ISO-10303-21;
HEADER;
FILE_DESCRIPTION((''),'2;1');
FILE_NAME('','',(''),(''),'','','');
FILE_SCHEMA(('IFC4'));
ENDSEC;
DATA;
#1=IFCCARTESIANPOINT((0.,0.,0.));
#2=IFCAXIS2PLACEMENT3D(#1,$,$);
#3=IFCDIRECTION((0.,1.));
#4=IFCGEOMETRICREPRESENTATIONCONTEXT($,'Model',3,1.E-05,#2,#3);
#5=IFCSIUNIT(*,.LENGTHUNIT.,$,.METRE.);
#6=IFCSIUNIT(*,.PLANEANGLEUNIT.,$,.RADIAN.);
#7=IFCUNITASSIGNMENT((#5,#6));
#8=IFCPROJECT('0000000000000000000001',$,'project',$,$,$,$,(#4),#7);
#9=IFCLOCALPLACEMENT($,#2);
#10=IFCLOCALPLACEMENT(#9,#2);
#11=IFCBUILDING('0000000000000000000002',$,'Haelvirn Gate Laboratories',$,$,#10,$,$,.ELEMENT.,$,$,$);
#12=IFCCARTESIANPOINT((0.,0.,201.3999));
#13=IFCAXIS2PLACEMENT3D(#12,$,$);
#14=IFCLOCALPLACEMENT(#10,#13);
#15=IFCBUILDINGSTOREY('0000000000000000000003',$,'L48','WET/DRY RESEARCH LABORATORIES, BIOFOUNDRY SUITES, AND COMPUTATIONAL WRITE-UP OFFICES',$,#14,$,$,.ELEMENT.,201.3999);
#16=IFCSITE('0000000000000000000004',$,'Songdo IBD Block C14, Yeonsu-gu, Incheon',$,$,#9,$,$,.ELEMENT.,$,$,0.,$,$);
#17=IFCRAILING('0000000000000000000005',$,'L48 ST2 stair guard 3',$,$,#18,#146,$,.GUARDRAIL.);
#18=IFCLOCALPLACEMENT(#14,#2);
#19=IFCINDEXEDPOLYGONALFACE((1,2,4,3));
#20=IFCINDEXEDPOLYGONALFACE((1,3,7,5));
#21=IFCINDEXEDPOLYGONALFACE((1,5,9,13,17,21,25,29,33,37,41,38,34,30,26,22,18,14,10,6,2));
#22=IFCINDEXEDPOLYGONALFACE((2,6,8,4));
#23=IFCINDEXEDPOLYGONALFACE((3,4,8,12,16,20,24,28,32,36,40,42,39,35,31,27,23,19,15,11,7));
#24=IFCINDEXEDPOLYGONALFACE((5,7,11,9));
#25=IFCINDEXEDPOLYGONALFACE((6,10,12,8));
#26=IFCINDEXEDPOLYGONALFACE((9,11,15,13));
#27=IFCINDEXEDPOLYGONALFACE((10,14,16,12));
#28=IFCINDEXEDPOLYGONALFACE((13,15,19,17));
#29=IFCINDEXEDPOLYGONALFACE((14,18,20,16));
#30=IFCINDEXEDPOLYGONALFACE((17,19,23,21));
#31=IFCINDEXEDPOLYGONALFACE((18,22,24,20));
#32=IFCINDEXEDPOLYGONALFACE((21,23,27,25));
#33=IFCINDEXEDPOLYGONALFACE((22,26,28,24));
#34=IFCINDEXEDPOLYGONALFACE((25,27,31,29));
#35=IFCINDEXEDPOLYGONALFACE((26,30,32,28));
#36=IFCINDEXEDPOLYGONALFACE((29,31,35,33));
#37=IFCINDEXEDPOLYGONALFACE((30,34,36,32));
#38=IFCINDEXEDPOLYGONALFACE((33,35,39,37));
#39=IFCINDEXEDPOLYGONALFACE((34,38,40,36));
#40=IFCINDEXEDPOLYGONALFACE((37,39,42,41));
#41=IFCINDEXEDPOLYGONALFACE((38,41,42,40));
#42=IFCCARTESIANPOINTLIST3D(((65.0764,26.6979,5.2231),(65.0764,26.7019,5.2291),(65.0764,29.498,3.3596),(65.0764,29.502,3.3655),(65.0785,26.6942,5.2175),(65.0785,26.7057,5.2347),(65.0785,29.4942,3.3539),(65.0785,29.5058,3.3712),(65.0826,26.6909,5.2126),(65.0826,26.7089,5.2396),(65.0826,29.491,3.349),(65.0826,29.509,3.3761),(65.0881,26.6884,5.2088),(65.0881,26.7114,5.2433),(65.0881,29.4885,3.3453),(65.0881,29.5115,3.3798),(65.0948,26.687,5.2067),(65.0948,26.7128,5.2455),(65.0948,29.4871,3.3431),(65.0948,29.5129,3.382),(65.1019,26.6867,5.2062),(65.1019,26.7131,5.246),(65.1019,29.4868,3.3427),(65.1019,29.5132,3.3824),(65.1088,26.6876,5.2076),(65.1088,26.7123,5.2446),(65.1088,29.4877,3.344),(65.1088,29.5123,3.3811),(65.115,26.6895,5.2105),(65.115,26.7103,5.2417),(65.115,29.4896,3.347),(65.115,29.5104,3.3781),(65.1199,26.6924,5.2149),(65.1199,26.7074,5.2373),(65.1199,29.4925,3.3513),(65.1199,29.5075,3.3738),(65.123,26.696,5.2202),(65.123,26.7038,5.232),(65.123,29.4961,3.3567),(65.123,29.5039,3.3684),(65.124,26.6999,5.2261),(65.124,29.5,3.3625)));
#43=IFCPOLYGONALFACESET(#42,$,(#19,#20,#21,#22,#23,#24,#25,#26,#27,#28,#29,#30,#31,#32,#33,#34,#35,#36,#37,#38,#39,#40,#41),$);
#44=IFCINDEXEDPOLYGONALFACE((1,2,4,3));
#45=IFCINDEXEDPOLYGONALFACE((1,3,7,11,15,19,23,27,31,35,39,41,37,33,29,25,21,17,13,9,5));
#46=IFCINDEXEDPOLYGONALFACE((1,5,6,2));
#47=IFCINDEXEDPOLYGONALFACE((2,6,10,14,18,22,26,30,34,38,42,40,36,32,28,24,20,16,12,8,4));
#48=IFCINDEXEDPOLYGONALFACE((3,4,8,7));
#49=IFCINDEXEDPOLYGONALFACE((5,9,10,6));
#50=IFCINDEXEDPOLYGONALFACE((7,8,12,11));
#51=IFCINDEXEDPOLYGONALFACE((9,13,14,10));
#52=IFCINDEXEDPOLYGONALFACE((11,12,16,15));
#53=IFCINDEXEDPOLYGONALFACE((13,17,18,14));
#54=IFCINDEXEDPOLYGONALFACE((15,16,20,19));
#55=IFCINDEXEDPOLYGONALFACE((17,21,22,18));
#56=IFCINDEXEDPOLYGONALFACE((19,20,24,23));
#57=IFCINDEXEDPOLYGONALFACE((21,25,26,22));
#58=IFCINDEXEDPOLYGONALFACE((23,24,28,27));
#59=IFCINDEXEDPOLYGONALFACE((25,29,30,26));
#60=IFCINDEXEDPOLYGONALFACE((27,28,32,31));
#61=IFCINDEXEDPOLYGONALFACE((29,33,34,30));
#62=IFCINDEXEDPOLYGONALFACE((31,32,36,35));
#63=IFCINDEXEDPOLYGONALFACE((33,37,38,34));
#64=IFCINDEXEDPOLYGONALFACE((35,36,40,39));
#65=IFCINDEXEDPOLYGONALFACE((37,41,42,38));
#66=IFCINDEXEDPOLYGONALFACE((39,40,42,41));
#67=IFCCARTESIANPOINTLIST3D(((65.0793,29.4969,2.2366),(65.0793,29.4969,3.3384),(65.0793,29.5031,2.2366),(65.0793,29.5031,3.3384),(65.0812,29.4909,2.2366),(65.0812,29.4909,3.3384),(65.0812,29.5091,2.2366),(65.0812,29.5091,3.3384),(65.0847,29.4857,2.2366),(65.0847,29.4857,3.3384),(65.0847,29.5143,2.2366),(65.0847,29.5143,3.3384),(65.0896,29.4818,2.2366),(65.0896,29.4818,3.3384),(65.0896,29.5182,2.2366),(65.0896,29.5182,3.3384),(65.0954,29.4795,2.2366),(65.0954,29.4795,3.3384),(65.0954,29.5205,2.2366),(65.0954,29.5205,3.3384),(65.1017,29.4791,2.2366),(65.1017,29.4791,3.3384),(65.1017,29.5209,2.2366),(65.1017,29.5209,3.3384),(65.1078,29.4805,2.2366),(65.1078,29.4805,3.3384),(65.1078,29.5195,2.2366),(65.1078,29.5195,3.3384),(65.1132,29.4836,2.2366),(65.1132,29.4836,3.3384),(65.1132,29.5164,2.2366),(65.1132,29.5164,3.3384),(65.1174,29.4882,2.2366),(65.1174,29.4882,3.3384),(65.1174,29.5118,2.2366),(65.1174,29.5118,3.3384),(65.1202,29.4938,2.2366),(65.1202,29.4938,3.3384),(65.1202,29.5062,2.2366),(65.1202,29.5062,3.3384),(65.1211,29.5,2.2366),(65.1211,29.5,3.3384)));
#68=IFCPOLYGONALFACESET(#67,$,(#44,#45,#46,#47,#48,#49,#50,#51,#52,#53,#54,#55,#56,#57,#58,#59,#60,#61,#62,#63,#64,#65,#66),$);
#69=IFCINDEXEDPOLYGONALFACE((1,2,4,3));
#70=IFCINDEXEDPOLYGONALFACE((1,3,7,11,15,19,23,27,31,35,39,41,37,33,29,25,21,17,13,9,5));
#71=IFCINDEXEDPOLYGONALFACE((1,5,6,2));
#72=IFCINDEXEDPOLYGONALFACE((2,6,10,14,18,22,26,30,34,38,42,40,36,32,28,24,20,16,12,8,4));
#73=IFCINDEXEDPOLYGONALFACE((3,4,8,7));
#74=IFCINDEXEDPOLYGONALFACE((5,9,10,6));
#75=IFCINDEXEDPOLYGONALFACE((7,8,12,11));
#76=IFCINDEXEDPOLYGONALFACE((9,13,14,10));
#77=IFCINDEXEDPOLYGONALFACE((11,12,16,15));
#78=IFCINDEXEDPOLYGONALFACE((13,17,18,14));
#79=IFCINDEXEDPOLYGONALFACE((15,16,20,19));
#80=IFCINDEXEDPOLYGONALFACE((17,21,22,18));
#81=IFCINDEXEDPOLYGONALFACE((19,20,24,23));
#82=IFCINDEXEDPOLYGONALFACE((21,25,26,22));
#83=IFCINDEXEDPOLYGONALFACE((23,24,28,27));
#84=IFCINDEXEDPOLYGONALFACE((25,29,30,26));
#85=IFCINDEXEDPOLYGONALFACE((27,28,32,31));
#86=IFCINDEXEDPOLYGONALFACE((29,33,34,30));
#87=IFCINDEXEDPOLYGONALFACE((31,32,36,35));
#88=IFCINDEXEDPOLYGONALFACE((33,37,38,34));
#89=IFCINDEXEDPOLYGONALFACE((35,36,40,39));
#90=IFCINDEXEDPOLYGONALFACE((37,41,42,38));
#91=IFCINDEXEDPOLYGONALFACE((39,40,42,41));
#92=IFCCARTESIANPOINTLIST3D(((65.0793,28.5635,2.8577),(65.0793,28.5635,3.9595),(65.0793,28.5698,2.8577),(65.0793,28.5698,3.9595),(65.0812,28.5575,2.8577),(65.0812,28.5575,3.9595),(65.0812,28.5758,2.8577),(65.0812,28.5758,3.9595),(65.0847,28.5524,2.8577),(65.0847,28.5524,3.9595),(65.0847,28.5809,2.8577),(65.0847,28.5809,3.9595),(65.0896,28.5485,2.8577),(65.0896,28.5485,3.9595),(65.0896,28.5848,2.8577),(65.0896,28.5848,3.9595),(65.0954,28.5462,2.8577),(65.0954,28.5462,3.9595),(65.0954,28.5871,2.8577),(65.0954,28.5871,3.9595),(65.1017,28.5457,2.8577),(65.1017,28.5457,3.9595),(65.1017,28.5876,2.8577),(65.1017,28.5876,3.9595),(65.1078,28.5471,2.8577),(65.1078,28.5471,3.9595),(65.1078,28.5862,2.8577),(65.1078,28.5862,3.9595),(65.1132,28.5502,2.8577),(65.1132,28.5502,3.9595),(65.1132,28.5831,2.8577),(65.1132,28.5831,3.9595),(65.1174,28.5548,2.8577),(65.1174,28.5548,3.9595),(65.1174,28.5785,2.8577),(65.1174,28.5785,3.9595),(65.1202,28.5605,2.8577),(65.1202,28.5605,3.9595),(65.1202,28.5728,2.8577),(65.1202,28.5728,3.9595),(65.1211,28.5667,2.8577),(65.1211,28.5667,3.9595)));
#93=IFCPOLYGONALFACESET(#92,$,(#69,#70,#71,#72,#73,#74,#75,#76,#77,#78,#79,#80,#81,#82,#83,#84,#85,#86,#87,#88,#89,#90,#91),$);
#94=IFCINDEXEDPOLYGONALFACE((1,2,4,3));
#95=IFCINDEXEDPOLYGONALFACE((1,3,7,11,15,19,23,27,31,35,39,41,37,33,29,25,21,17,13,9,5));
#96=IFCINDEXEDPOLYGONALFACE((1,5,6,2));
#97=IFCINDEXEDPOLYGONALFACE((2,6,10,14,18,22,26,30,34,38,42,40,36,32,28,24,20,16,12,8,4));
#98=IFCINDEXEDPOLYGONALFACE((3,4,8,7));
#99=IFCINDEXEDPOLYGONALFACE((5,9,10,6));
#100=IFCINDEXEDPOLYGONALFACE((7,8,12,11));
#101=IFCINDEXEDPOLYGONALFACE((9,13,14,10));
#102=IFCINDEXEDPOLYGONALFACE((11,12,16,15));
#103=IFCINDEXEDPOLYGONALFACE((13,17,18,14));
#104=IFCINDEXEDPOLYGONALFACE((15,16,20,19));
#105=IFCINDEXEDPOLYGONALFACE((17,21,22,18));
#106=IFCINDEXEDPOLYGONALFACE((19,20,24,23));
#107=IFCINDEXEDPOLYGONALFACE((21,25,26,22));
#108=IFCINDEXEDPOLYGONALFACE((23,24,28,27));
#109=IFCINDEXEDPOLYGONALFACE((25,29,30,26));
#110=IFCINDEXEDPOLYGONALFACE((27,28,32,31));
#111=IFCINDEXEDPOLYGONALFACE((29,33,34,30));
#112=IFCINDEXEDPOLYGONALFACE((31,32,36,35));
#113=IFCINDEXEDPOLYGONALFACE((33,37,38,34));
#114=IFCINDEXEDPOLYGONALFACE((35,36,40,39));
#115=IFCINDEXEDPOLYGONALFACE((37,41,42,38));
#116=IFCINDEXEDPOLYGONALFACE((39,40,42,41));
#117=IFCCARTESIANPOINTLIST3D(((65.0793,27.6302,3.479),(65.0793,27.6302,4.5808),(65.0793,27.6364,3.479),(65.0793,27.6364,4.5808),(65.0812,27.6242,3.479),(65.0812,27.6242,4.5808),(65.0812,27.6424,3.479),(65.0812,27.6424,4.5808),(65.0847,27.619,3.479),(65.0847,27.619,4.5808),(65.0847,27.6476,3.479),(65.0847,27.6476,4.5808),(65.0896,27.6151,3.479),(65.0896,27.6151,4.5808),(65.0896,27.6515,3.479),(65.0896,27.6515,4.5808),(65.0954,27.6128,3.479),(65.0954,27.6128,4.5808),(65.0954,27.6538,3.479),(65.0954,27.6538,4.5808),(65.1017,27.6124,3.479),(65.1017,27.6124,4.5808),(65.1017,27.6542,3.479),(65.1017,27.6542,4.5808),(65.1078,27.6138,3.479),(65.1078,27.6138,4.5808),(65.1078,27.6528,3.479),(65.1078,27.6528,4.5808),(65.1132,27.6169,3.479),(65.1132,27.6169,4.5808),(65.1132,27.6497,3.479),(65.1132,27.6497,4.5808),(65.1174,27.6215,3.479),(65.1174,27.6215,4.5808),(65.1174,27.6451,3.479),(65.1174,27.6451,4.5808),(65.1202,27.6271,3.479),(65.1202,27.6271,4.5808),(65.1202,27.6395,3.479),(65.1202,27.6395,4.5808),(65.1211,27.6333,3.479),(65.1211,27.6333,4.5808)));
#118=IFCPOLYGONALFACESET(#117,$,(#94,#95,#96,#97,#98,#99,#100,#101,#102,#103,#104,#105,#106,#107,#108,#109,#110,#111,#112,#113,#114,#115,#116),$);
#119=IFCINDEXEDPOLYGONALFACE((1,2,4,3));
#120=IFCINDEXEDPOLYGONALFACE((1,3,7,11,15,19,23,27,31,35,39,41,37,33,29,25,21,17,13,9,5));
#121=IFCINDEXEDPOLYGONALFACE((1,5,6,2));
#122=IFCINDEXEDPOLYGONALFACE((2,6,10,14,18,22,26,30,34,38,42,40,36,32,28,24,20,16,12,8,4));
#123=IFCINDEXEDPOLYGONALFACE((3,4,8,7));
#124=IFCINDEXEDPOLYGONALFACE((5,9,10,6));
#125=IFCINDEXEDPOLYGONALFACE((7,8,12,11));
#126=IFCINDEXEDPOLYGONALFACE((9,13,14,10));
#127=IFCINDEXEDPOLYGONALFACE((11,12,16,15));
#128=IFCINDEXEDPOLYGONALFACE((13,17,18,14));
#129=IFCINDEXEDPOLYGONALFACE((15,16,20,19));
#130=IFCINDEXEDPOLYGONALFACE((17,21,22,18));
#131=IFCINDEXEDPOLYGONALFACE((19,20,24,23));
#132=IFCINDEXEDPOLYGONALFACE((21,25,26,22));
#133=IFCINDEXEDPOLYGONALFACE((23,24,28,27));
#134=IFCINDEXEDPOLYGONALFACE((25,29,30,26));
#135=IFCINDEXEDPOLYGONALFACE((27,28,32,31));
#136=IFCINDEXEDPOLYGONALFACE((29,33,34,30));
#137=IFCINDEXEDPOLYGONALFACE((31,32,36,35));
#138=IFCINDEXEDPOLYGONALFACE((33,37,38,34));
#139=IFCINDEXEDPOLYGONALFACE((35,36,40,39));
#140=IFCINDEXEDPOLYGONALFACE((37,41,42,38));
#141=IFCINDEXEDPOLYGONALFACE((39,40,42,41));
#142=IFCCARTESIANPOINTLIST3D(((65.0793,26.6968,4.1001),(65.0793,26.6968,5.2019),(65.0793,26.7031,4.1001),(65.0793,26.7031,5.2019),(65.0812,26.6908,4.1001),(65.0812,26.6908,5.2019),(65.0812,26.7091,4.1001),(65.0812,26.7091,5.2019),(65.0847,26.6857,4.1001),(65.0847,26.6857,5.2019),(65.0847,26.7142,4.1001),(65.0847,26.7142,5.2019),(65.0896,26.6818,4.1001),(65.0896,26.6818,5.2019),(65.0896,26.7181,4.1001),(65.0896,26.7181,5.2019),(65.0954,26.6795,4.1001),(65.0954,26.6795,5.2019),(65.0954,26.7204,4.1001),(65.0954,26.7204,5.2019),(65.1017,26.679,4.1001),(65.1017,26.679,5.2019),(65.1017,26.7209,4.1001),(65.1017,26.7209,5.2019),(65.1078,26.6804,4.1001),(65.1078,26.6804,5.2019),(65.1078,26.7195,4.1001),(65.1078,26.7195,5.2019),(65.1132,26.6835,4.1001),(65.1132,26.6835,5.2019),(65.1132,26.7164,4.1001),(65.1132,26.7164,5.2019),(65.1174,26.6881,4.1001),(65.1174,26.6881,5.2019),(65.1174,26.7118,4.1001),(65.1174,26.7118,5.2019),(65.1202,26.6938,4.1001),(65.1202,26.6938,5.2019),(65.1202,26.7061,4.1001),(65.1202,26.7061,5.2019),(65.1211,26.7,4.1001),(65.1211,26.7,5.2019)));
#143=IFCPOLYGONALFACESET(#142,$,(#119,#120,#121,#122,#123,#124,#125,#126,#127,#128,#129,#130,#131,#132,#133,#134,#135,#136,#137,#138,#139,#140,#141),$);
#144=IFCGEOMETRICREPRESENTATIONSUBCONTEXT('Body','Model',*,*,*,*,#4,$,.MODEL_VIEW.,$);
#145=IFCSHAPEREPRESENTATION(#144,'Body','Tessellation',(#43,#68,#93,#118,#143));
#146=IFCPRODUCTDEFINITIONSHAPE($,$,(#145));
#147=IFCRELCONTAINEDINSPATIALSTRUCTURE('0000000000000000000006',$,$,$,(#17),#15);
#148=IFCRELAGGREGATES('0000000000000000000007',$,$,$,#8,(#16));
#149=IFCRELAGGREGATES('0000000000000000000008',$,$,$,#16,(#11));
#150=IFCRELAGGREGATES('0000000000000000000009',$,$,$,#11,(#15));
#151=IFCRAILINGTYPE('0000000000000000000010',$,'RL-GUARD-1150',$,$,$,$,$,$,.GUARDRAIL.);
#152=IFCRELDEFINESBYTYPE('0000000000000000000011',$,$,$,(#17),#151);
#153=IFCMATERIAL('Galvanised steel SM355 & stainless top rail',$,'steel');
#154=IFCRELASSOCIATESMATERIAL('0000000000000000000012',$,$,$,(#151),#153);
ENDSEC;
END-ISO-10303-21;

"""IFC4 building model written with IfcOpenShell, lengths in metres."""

from ifc_helpers import new_model, si_unit, direction, frame, origin, origin_2d, place, context, subcontext, project, spatial, circle, extrude, source, transform, mapped, material, type_object, element, save


model = new_model("IFC4")

# Units and contexts
model_context = context("Model", 3, precision=1e-05, world=origin(), true_north=direction((0.0, 1.0)))
body_context = subcontext(model_context, "Body", "Model", "MODEL_VIEW")
ifc_project = project(units=[si_unit("LENGTHUNIT", "METRE"), si_unit("PLANEANGLEUNIT", "RADIAN")], contexts=[model_context])

# Site, building, storey
site_placement = place(None, origin())
site = spatial("IfcSite", under=ifc_project, at=site_placement, Name="Songdo IBD Block C14, Yeonsu-gu, Incheon", CompositionType="ELEMENT", RefElevation=0.0)
building_placement = place(site_placement, origin())
building = spatial("IfcBuilding", under=site, at=building_placement, Name="Haelvirn Gate Laboratories", CompositionType="ELEMENT")
storey_placement = place(building_placement, frame((0.0, 0.0, 201.3999)))
storey = spatial("IfcBuildingStorey", under=building, at=storey_placement, Name="L48", Description="WET/DRY RESEARCH LABORATORIES, BIOFOUNDRY SUITES, AND COMPUTATIONAL WRITE-UP OFFICES", CompositionType="ELEMENT", Elevation=201.3999)

# Railing
ifc_material_1 = material(Name="Galvanised steel SM355 & stainless top rail", Category="steel")
railing_type_1 = type_object("IfcRailingType", Name="RL-GUARD-1150", PredefinedType="GUARDRAIL", material=ifc_material_1)
shared_shape_1 = source(origin(), body_context, "Body", "SweptSolid", [
    extrude(circle(Radius=0.0239, at=origin_2d()), frame((0.0, 0.0, 1.126), z_axis=(0.0, -0.832486, 0.554047), x_axis=(1.0, 0.0, 0.0)), (0.0, 0.0, 1.0), 3.3635),
    extrude(circle(Radius=0.021, at=origin_2d()), origin(), (0.0, 0.0, 1.0), 1.1018),
    extrude(circle(Radius=0.021, at=origin_2d()), frame((0.0, -0.9333, 0.6211)), (0.0, 0.0, 1.0), 1.1018),
    extrude(circle(Radius=0.021, at=origin_2d()), frame((0.0, -1.8667, 1.2424)), (0.0, 0.0, 1.0), 1.1018),
    extrude(circle(Radius=0.021, at=origin_2d()), frame((0.0, -2.8, 1.8635)), (0.0, 0.0, 1.0), 1.1018),
])
railing_1_placement = place(storey_placement, frame((65.1001, 29.5, 2.2366)))
element("IfcRailing", 1, at=railing_1_placement, inside=storey, type_object=railing_type_1, Name="L48 ST2 stair guard 3", PredefinedType="GUARDRAIL", context=body_context, shape_type="MappedRepresentation", body=[
    mapped(shared_shape_1, transform((0.0, 0.0, 0.0), scale=1.0)),
])

save(model, "model.ifc")
